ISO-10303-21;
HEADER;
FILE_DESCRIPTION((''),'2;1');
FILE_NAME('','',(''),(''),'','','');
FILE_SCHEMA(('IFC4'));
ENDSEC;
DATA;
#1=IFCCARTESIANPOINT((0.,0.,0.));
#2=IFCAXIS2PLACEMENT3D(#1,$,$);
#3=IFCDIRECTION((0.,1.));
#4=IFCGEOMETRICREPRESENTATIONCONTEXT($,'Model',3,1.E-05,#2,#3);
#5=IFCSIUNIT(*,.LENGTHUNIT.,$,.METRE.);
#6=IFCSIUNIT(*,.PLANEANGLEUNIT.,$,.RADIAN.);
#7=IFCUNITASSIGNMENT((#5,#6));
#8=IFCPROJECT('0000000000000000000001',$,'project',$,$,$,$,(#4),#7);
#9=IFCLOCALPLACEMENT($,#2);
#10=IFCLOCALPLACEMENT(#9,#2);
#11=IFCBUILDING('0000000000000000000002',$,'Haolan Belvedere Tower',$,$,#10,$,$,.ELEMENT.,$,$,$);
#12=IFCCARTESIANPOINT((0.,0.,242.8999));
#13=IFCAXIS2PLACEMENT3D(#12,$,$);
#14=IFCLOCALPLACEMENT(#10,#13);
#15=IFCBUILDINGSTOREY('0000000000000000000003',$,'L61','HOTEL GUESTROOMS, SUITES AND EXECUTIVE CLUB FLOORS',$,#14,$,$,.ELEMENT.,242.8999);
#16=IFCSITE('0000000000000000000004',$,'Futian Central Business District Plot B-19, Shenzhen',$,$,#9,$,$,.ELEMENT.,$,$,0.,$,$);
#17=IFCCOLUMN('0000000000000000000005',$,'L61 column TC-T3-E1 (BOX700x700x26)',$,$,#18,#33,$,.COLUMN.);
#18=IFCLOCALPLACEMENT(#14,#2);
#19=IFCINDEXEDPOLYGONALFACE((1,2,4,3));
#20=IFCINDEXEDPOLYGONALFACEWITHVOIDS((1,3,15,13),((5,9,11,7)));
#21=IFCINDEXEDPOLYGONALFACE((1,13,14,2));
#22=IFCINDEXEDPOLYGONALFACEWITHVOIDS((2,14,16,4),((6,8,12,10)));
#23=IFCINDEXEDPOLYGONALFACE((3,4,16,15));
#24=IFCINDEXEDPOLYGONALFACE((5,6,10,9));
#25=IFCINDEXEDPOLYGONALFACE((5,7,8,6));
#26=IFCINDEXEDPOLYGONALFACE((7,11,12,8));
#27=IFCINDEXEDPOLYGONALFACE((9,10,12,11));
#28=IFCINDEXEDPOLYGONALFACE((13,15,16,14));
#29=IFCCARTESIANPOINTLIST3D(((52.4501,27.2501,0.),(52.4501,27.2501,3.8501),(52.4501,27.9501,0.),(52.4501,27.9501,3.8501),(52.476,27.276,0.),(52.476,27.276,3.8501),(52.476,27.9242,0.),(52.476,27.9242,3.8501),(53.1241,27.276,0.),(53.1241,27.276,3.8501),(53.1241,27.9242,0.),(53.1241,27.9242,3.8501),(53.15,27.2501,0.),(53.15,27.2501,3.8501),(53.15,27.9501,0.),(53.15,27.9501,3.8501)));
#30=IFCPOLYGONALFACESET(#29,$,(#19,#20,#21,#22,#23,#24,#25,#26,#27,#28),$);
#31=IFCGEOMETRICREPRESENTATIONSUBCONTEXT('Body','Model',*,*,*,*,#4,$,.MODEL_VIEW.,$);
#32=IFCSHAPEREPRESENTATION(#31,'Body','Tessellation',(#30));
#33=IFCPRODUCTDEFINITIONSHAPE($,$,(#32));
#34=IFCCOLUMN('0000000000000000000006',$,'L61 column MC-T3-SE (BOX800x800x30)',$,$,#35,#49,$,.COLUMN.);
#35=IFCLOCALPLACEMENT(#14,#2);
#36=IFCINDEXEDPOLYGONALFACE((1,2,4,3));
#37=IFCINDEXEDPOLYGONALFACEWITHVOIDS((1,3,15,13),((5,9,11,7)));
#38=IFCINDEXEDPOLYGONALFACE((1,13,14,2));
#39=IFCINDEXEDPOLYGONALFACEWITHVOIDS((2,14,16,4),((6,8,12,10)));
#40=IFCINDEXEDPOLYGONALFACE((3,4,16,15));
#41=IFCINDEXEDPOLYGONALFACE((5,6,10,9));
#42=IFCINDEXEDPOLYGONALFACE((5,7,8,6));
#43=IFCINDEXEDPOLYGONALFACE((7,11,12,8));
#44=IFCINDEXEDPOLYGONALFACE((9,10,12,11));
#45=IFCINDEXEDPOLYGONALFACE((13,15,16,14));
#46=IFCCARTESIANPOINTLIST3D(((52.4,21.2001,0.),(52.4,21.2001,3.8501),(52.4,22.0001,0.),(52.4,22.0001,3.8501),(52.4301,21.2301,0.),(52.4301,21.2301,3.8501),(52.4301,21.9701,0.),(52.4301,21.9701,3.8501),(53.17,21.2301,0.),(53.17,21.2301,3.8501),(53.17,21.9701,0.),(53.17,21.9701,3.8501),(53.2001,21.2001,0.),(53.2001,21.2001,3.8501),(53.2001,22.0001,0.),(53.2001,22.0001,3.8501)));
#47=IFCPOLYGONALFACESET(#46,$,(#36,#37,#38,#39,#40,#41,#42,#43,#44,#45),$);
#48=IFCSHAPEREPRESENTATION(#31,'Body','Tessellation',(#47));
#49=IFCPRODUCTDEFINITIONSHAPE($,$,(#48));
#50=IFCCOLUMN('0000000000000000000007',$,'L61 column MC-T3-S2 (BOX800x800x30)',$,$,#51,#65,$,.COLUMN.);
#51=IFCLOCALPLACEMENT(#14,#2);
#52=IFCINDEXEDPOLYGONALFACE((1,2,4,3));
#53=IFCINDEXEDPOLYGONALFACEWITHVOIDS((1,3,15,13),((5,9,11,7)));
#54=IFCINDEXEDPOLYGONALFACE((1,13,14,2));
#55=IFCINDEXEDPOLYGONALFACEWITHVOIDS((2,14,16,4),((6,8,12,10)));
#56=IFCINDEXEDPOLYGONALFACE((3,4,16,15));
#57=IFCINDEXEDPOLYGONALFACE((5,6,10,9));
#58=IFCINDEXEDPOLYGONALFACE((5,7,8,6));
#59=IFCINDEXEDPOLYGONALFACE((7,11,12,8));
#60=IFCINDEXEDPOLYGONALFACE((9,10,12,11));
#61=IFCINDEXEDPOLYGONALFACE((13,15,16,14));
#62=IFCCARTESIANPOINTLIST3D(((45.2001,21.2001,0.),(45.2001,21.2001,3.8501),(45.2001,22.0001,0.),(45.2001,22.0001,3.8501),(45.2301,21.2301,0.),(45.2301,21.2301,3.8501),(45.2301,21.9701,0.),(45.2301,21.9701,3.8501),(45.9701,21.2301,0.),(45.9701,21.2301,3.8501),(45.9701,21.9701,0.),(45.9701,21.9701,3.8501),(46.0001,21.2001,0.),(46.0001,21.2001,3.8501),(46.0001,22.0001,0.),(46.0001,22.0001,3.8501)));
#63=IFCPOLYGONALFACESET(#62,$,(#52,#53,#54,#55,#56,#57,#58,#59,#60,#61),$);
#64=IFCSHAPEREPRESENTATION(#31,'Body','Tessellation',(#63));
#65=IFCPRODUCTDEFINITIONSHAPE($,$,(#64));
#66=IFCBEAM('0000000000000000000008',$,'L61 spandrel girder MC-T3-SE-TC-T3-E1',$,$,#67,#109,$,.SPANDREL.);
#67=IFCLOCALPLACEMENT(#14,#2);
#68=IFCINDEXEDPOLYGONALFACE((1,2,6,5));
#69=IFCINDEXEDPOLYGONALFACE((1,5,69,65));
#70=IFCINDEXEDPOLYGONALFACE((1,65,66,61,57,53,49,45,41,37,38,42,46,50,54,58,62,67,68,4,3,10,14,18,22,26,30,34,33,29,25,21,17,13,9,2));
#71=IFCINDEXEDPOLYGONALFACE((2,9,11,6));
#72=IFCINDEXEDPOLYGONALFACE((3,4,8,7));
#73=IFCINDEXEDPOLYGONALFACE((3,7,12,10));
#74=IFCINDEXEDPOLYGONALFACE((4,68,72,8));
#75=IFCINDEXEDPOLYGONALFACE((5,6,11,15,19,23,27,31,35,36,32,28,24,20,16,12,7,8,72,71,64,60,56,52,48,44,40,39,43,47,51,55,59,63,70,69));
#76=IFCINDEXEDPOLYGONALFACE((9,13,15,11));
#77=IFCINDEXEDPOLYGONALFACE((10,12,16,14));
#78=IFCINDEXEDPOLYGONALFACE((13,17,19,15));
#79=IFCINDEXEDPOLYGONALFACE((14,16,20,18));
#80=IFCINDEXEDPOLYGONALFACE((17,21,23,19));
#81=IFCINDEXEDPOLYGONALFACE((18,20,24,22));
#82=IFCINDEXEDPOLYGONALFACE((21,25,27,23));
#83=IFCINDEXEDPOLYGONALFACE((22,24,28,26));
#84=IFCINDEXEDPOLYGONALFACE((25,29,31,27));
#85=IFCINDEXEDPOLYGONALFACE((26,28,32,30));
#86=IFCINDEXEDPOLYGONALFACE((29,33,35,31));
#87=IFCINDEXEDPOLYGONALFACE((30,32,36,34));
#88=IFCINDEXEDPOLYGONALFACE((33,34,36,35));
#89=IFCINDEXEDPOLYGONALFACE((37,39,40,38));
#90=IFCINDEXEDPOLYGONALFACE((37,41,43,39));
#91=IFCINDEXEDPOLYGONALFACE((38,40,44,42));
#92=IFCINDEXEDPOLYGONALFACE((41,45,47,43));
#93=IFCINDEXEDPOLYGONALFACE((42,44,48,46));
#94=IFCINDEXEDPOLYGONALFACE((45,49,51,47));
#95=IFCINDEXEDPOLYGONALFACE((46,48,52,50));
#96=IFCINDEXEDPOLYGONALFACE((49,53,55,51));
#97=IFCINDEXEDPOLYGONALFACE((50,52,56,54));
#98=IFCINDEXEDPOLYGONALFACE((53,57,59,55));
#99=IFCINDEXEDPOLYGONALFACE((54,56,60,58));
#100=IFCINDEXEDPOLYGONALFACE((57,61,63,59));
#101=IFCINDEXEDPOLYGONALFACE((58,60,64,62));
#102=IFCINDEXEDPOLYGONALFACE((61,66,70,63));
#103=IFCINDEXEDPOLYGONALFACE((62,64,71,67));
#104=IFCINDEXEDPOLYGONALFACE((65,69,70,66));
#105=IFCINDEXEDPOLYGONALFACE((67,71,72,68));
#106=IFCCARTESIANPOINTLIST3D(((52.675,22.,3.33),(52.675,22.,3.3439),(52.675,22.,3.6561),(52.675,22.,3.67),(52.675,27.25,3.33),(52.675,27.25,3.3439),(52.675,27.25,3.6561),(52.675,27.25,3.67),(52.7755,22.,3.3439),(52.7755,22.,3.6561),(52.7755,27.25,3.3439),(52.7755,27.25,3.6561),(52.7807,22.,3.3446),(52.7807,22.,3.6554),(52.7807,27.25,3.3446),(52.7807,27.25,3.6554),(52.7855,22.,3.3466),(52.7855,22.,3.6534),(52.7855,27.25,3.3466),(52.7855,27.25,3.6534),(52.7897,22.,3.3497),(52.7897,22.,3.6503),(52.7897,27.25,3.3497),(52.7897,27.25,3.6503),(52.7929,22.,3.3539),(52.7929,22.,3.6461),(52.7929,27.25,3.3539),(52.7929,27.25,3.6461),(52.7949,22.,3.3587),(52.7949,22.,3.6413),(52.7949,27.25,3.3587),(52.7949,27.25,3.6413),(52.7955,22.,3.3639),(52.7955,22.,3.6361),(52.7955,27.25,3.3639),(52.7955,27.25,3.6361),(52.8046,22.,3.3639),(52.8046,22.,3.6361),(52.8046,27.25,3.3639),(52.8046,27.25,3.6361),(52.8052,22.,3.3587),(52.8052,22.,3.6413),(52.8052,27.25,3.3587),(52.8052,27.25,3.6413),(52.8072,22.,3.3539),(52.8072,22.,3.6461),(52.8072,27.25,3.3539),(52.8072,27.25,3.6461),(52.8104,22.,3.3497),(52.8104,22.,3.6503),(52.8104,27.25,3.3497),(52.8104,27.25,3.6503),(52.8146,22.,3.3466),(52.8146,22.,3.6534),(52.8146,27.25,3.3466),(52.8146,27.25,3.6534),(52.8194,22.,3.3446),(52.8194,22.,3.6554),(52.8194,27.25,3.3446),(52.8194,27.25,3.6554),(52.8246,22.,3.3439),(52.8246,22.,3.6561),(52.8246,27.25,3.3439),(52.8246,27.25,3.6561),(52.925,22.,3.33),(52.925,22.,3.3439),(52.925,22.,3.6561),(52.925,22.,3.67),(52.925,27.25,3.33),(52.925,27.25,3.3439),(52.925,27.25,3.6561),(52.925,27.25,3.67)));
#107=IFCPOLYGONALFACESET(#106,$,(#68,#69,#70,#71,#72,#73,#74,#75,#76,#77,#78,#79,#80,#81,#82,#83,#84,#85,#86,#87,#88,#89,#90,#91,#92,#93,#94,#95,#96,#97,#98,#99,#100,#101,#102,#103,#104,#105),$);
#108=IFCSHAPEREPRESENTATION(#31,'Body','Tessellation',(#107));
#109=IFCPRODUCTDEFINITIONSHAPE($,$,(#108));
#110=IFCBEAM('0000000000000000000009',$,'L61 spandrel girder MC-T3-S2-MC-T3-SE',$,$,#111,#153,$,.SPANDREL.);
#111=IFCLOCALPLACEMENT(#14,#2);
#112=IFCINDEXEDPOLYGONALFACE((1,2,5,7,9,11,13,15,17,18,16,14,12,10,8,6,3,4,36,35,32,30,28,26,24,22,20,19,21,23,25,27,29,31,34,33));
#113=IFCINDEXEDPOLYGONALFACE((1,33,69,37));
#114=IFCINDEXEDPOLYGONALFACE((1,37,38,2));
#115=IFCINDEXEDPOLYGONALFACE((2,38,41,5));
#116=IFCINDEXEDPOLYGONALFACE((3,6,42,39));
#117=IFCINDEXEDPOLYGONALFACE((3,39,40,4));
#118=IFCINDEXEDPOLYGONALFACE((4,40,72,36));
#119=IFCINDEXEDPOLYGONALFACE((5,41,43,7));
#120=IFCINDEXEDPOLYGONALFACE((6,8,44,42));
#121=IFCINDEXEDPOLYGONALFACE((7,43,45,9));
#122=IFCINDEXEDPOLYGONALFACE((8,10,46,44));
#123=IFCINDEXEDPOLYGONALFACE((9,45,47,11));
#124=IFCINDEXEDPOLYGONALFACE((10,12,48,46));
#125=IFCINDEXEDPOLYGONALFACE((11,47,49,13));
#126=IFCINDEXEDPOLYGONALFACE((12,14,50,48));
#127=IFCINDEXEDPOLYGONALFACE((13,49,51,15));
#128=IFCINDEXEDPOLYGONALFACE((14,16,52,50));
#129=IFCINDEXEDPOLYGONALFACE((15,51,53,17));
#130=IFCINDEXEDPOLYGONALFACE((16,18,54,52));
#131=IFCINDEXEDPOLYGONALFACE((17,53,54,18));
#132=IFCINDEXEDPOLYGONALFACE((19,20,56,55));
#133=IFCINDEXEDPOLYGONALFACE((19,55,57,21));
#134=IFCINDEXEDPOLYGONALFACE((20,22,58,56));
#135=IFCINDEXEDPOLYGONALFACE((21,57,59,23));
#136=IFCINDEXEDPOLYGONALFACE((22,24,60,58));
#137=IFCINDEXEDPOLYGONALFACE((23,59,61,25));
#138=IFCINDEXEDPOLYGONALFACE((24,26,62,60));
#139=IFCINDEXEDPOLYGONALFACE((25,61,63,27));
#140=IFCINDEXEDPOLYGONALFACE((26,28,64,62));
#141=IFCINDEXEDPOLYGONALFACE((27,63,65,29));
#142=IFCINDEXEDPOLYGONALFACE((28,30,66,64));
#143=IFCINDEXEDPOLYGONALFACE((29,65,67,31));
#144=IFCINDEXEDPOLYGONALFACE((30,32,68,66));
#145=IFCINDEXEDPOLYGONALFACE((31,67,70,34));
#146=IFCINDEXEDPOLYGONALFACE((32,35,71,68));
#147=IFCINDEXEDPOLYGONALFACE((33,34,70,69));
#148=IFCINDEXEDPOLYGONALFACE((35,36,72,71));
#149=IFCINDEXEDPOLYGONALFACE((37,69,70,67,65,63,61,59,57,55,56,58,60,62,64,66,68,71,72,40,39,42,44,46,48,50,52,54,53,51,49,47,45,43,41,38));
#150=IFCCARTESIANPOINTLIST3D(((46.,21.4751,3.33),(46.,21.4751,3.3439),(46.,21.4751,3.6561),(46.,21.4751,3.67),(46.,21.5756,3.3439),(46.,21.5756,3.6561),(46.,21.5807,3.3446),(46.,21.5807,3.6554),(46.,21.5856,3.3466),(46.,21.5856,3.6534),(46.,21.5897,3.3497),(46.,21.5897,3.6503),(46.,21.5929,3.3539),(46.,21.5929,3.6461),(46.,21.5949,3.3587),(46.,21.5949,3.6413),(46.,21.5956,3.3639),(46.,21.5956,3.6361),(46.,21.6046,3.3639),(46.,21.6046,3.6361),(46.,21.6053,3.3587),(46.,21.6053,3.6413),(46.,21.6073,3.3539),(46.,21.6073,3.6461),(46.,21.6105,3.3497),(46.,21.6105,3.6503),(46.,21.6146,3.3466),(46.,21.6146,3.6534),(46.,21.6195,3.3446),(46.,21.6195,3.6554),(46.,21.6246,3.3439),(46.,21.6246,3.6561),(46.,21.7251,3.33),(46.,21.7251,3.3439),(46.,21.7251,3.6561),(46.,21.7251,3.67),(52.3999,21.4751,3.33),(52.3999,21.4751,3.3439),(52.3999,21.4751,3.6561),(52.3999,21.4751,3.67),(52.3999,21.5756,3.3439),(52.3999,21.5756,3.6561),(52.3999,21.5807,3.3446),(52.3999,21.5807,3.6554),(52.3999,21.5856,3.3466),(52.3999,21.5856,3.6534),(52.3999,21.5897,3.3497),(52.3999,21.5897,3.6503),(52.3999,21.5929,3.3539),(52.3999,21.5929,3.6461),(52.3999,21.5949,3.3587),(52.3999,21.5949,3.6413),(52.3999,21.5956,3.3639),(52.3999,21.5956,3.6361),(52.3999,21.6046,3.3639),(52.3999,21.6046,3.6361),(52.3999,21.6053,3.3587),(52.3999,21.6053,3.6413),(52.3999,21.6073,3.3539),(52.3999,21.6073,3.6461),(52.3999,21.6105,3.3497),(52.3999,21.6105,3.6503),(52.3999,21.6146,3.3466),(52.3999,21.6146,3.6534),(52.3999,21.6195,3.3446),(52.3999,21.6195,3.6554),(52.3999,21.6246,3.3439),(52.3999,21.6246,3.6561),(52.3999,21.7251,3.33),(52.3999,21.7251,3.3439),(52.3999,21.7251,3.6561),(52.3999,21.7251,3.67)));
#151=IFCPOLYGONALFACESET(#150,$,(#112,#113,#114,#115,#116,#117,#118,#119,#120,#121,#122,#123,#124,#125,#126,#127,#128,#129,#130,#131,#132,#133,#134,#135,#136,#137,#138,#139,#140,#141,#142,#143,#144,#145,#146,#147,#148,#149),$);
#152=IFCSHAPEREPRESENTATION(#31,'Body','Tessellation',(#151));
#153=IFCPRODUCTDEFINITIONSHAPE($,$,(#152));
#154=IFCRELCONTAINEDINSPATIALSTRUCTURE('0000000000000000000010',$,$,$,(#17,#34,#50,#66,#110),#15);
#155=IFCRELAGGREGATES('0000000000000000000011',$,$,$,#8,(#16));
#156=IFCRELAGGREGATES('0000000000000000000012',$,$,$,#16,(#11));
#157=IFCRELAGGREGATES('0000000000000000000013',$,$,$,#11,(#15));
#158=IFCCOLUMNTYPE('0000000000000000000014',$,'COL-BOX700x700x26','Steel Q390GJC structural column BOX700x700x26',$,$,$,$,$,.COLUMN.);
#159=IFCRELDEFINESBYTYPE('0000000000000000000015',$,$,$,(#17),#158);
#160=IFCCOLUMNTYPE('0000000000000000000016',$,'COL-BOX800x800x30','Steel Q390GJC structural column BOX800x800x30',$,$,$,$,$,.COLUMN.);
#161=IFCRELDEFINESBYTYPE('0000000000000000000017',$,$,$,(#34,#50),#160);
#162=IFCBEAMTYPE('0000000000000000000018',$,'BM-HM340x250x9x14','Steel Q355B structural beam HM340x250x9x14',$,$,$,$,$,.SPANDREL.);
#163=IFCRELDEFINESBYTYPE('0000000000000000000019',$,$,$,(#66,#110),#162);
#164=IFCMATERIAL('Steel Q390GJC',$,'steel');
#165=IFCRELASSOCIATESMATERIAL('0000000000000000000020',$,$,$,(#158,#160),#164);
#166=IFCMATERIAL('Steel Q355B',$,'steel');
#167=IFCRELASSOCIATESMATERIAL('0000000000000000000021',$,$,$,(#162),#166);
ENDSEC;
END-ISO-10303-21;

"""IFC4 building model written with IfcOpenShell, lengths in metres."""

from ifc_helpers import new_model, si_unit, direction, frame, origin, origin_2d, place, context, subcontext, project, spatial, hollow_rectangle, i_section, extrude, material, material_profile, profile_set, type_object, element, save


model = new_model("IFC4")

# Units and contexts
model_context = context("Model", 3, precision=1e-05, world=origin(), true_north=direction((0.0, 1.0)))
body_context = subcontext(model_context, "Body", "Model", "MODEL_VIEW")
ifc_project = project(units=[si_unit("LENGTHUNIT", "METRE"), si_unit("PLANEANGLEUNIT", "RADIAN")], contexts=[model_context])

# Site, building, storey
site_placement = place(None, origin())
site = spatial("IfcSite", under=ifc_project, at=site_placement, Name="Futian Central Business District Plot B-19, Shenzhen", CompositionType="ELEMENT", RefElevation=0.0)
building_placement = place(site_placement, origin())
building = spatial("IfcBuilding", under=site, at=building_placement, Name="Haolan Belvedere Tower", CompositionType="ELEMENT")
storey_placement = place(building_placement, frame((0.0, 0.0, 242.8999)))
storey = spatial("IfcBuildingStorey", under=building, at=storey_placement, Name="L61", Description="HOTEL GUESTROOMS, SUITES AND EXECUTIVE CLUB FLOORS", CompositionType="ELEMENT", Elevation=242.8999)

# Columns
ifc_material_1 = material(Name="Steel Q390GJC", Category="steel")
ifc_material_profile_1 = material_profile(ifc_material_1, hollow_rectangle(XDim=0.7, YDim=0.7, WallThickness=0.0259, at=origin_2d()), Name="Steel Q390GJC")
ifc_profile_set_1 = profile_set([ifc_material_profile_1], Name="Steel Q390GJC")
column_type_1 = type_object("IfcColumnType", Name="COL-BOX700x700x26", Description="Steel Q390GJC structural column BOX700x700x26", PredefinedType="COLUMN", material=ifc_profile_set_1)
column_placement = place(storey_placement, frame((52.8, 27.6001, 0.0), z_axis=(0.0, 0.0, 1.0), x_axis=(1.0, 0.0, 0.0)))
element("IfcColumn", 1, at=column_placement, inside=storey, type_object=column_type_1, Name="L61 column TC-T3-E1 (BOX700x700x26)", PredefinedType="COLUMN", context=body_context, shape_type="SweptSolid", body=[
    extrude(hollow_rectangle(XDim=0.7, YDim=0.7, WallThickness=0.0259, at=origin_2d()), origin(), (0.0, 0.0, 1.0), 3.8501),
])
ifc_material_profile_2 = material_profile(ifc_material_1, hollow_rectangle(XDim=0.8, YDim=0.8, WallThickness=0.03, at=origin_2d()), Name="Steel Q390GJC")
ifc_profile_set_2 = profile_set([ifc_material_profile_2], Name="Steel Q390GJC")
column_type_2 = type_object("IfcColumnType", Name="COL-BOX800x800x30", Description="Steel Q390GJC structural column BOX800x800x30", PredefinedType="COLUMN", material=ifc_profile_set_2)
for number, where, z_axis, x_axis, name in (
    (2, (52.8, 21.6001, 0.0), (0.0, 0.0, 1.0), (1.0, 0.0, 0.0), "L61 column MC-T3-SE (BOX800x800x30)"),
    (3, (45.6001, 21.6001, 0.0), (0.0, 0.0, 1.0), (1.0, 0.0, 0.0), "L61 column MC-T3-S2 (BOX800x800x30)"),
):
    element("IfcColumn", number, at=place(storey_placement, frame(where, z_axis=z_axis, x_axis=x_axis)), inside=storey, type_object=column_type_2, Name=name, PredefinedType="COLUMN", context=body_context, shape_type="SweptSolid", body=[
        extrude(hollow_rectangle(XDim=0.8, YDim=0.8, WallThickness=0.03, at=origin_2d()), origin(), (0.0, 0.0, 1.0), 3.8501),
    ])

# Beams
ifc_material_2 = material(Name="Steel Q355B", Category="steel")
ifc_material_profile_3 = material_profile(ifc_material_2, i_section(OverallWidth=0.25, OverallDepth=0.3401, WebThickness=0.009, FlangeThickness=0.0139, FilletRadius=0.02, at=origin_2d()), Name="Steel Q355B")
ifc_profile_set_3 = profile_set([ifc_material_profile_3], Name="Steel Q355B")
beam_type_1 = type_object("IfcBeamType", Name="BM-HM340x250x9x14", Description="Steel Q355B structural beam HM340x250x9x14", PredefinedType="SPANDREL", material=ifc_profile_set_3)
beam_1_placement = place(storey_placement, frame((52.8, 22.0, 3.5), z_axis=(0.0, 1.0, 0.0), x_axis=(-1.0, 0.0, 0.0)))
element("IfcBeam", 4, at=beam_1_placement, inside=storey, type_object=beam_type_1, Name="L61 spandrel girder MC-T3-SE-TC-T3-E1", PredefinedType="SPANDREL", context=body_context, shape_type="SweptSolid", body=[
    extrude(i_section(OverallWidth=0.25, OverallDepth=0.3401, WebThickness=0.009, FlangeThickness=0.0139, FilletRadius=0.02, at=origin_2d()), origin(), (0.0, 0.0, 1.0), 5.25),
])
beam_2_placement = place(storey_placement, frame((46.0, 21.6001, 3.5), z_axis=(1.0, 0.0, 0.0), x_axis=(0.0, 1.0, 0.0)))
element("IfcBeam", 5, at=beam_2_placement, inside=storey, type_object=beam_type_1, Name="L61 spandrel girder MC-T3-S2-MC-T3-SE", PredefinedType="SPANDREL", context=body_context, shape_type="SweptSolid", body=[
    extrude(i_section(OverallWidth=0.25, OverallDepth=0.3401, WebThickness=0.009, FlangeThickness=0.0139, FilletRadius=0.02, at=origin_2d()), origin(), (0.0, 0.0, 1.0), 6.3999),
])

save(model, "model.ifc")
